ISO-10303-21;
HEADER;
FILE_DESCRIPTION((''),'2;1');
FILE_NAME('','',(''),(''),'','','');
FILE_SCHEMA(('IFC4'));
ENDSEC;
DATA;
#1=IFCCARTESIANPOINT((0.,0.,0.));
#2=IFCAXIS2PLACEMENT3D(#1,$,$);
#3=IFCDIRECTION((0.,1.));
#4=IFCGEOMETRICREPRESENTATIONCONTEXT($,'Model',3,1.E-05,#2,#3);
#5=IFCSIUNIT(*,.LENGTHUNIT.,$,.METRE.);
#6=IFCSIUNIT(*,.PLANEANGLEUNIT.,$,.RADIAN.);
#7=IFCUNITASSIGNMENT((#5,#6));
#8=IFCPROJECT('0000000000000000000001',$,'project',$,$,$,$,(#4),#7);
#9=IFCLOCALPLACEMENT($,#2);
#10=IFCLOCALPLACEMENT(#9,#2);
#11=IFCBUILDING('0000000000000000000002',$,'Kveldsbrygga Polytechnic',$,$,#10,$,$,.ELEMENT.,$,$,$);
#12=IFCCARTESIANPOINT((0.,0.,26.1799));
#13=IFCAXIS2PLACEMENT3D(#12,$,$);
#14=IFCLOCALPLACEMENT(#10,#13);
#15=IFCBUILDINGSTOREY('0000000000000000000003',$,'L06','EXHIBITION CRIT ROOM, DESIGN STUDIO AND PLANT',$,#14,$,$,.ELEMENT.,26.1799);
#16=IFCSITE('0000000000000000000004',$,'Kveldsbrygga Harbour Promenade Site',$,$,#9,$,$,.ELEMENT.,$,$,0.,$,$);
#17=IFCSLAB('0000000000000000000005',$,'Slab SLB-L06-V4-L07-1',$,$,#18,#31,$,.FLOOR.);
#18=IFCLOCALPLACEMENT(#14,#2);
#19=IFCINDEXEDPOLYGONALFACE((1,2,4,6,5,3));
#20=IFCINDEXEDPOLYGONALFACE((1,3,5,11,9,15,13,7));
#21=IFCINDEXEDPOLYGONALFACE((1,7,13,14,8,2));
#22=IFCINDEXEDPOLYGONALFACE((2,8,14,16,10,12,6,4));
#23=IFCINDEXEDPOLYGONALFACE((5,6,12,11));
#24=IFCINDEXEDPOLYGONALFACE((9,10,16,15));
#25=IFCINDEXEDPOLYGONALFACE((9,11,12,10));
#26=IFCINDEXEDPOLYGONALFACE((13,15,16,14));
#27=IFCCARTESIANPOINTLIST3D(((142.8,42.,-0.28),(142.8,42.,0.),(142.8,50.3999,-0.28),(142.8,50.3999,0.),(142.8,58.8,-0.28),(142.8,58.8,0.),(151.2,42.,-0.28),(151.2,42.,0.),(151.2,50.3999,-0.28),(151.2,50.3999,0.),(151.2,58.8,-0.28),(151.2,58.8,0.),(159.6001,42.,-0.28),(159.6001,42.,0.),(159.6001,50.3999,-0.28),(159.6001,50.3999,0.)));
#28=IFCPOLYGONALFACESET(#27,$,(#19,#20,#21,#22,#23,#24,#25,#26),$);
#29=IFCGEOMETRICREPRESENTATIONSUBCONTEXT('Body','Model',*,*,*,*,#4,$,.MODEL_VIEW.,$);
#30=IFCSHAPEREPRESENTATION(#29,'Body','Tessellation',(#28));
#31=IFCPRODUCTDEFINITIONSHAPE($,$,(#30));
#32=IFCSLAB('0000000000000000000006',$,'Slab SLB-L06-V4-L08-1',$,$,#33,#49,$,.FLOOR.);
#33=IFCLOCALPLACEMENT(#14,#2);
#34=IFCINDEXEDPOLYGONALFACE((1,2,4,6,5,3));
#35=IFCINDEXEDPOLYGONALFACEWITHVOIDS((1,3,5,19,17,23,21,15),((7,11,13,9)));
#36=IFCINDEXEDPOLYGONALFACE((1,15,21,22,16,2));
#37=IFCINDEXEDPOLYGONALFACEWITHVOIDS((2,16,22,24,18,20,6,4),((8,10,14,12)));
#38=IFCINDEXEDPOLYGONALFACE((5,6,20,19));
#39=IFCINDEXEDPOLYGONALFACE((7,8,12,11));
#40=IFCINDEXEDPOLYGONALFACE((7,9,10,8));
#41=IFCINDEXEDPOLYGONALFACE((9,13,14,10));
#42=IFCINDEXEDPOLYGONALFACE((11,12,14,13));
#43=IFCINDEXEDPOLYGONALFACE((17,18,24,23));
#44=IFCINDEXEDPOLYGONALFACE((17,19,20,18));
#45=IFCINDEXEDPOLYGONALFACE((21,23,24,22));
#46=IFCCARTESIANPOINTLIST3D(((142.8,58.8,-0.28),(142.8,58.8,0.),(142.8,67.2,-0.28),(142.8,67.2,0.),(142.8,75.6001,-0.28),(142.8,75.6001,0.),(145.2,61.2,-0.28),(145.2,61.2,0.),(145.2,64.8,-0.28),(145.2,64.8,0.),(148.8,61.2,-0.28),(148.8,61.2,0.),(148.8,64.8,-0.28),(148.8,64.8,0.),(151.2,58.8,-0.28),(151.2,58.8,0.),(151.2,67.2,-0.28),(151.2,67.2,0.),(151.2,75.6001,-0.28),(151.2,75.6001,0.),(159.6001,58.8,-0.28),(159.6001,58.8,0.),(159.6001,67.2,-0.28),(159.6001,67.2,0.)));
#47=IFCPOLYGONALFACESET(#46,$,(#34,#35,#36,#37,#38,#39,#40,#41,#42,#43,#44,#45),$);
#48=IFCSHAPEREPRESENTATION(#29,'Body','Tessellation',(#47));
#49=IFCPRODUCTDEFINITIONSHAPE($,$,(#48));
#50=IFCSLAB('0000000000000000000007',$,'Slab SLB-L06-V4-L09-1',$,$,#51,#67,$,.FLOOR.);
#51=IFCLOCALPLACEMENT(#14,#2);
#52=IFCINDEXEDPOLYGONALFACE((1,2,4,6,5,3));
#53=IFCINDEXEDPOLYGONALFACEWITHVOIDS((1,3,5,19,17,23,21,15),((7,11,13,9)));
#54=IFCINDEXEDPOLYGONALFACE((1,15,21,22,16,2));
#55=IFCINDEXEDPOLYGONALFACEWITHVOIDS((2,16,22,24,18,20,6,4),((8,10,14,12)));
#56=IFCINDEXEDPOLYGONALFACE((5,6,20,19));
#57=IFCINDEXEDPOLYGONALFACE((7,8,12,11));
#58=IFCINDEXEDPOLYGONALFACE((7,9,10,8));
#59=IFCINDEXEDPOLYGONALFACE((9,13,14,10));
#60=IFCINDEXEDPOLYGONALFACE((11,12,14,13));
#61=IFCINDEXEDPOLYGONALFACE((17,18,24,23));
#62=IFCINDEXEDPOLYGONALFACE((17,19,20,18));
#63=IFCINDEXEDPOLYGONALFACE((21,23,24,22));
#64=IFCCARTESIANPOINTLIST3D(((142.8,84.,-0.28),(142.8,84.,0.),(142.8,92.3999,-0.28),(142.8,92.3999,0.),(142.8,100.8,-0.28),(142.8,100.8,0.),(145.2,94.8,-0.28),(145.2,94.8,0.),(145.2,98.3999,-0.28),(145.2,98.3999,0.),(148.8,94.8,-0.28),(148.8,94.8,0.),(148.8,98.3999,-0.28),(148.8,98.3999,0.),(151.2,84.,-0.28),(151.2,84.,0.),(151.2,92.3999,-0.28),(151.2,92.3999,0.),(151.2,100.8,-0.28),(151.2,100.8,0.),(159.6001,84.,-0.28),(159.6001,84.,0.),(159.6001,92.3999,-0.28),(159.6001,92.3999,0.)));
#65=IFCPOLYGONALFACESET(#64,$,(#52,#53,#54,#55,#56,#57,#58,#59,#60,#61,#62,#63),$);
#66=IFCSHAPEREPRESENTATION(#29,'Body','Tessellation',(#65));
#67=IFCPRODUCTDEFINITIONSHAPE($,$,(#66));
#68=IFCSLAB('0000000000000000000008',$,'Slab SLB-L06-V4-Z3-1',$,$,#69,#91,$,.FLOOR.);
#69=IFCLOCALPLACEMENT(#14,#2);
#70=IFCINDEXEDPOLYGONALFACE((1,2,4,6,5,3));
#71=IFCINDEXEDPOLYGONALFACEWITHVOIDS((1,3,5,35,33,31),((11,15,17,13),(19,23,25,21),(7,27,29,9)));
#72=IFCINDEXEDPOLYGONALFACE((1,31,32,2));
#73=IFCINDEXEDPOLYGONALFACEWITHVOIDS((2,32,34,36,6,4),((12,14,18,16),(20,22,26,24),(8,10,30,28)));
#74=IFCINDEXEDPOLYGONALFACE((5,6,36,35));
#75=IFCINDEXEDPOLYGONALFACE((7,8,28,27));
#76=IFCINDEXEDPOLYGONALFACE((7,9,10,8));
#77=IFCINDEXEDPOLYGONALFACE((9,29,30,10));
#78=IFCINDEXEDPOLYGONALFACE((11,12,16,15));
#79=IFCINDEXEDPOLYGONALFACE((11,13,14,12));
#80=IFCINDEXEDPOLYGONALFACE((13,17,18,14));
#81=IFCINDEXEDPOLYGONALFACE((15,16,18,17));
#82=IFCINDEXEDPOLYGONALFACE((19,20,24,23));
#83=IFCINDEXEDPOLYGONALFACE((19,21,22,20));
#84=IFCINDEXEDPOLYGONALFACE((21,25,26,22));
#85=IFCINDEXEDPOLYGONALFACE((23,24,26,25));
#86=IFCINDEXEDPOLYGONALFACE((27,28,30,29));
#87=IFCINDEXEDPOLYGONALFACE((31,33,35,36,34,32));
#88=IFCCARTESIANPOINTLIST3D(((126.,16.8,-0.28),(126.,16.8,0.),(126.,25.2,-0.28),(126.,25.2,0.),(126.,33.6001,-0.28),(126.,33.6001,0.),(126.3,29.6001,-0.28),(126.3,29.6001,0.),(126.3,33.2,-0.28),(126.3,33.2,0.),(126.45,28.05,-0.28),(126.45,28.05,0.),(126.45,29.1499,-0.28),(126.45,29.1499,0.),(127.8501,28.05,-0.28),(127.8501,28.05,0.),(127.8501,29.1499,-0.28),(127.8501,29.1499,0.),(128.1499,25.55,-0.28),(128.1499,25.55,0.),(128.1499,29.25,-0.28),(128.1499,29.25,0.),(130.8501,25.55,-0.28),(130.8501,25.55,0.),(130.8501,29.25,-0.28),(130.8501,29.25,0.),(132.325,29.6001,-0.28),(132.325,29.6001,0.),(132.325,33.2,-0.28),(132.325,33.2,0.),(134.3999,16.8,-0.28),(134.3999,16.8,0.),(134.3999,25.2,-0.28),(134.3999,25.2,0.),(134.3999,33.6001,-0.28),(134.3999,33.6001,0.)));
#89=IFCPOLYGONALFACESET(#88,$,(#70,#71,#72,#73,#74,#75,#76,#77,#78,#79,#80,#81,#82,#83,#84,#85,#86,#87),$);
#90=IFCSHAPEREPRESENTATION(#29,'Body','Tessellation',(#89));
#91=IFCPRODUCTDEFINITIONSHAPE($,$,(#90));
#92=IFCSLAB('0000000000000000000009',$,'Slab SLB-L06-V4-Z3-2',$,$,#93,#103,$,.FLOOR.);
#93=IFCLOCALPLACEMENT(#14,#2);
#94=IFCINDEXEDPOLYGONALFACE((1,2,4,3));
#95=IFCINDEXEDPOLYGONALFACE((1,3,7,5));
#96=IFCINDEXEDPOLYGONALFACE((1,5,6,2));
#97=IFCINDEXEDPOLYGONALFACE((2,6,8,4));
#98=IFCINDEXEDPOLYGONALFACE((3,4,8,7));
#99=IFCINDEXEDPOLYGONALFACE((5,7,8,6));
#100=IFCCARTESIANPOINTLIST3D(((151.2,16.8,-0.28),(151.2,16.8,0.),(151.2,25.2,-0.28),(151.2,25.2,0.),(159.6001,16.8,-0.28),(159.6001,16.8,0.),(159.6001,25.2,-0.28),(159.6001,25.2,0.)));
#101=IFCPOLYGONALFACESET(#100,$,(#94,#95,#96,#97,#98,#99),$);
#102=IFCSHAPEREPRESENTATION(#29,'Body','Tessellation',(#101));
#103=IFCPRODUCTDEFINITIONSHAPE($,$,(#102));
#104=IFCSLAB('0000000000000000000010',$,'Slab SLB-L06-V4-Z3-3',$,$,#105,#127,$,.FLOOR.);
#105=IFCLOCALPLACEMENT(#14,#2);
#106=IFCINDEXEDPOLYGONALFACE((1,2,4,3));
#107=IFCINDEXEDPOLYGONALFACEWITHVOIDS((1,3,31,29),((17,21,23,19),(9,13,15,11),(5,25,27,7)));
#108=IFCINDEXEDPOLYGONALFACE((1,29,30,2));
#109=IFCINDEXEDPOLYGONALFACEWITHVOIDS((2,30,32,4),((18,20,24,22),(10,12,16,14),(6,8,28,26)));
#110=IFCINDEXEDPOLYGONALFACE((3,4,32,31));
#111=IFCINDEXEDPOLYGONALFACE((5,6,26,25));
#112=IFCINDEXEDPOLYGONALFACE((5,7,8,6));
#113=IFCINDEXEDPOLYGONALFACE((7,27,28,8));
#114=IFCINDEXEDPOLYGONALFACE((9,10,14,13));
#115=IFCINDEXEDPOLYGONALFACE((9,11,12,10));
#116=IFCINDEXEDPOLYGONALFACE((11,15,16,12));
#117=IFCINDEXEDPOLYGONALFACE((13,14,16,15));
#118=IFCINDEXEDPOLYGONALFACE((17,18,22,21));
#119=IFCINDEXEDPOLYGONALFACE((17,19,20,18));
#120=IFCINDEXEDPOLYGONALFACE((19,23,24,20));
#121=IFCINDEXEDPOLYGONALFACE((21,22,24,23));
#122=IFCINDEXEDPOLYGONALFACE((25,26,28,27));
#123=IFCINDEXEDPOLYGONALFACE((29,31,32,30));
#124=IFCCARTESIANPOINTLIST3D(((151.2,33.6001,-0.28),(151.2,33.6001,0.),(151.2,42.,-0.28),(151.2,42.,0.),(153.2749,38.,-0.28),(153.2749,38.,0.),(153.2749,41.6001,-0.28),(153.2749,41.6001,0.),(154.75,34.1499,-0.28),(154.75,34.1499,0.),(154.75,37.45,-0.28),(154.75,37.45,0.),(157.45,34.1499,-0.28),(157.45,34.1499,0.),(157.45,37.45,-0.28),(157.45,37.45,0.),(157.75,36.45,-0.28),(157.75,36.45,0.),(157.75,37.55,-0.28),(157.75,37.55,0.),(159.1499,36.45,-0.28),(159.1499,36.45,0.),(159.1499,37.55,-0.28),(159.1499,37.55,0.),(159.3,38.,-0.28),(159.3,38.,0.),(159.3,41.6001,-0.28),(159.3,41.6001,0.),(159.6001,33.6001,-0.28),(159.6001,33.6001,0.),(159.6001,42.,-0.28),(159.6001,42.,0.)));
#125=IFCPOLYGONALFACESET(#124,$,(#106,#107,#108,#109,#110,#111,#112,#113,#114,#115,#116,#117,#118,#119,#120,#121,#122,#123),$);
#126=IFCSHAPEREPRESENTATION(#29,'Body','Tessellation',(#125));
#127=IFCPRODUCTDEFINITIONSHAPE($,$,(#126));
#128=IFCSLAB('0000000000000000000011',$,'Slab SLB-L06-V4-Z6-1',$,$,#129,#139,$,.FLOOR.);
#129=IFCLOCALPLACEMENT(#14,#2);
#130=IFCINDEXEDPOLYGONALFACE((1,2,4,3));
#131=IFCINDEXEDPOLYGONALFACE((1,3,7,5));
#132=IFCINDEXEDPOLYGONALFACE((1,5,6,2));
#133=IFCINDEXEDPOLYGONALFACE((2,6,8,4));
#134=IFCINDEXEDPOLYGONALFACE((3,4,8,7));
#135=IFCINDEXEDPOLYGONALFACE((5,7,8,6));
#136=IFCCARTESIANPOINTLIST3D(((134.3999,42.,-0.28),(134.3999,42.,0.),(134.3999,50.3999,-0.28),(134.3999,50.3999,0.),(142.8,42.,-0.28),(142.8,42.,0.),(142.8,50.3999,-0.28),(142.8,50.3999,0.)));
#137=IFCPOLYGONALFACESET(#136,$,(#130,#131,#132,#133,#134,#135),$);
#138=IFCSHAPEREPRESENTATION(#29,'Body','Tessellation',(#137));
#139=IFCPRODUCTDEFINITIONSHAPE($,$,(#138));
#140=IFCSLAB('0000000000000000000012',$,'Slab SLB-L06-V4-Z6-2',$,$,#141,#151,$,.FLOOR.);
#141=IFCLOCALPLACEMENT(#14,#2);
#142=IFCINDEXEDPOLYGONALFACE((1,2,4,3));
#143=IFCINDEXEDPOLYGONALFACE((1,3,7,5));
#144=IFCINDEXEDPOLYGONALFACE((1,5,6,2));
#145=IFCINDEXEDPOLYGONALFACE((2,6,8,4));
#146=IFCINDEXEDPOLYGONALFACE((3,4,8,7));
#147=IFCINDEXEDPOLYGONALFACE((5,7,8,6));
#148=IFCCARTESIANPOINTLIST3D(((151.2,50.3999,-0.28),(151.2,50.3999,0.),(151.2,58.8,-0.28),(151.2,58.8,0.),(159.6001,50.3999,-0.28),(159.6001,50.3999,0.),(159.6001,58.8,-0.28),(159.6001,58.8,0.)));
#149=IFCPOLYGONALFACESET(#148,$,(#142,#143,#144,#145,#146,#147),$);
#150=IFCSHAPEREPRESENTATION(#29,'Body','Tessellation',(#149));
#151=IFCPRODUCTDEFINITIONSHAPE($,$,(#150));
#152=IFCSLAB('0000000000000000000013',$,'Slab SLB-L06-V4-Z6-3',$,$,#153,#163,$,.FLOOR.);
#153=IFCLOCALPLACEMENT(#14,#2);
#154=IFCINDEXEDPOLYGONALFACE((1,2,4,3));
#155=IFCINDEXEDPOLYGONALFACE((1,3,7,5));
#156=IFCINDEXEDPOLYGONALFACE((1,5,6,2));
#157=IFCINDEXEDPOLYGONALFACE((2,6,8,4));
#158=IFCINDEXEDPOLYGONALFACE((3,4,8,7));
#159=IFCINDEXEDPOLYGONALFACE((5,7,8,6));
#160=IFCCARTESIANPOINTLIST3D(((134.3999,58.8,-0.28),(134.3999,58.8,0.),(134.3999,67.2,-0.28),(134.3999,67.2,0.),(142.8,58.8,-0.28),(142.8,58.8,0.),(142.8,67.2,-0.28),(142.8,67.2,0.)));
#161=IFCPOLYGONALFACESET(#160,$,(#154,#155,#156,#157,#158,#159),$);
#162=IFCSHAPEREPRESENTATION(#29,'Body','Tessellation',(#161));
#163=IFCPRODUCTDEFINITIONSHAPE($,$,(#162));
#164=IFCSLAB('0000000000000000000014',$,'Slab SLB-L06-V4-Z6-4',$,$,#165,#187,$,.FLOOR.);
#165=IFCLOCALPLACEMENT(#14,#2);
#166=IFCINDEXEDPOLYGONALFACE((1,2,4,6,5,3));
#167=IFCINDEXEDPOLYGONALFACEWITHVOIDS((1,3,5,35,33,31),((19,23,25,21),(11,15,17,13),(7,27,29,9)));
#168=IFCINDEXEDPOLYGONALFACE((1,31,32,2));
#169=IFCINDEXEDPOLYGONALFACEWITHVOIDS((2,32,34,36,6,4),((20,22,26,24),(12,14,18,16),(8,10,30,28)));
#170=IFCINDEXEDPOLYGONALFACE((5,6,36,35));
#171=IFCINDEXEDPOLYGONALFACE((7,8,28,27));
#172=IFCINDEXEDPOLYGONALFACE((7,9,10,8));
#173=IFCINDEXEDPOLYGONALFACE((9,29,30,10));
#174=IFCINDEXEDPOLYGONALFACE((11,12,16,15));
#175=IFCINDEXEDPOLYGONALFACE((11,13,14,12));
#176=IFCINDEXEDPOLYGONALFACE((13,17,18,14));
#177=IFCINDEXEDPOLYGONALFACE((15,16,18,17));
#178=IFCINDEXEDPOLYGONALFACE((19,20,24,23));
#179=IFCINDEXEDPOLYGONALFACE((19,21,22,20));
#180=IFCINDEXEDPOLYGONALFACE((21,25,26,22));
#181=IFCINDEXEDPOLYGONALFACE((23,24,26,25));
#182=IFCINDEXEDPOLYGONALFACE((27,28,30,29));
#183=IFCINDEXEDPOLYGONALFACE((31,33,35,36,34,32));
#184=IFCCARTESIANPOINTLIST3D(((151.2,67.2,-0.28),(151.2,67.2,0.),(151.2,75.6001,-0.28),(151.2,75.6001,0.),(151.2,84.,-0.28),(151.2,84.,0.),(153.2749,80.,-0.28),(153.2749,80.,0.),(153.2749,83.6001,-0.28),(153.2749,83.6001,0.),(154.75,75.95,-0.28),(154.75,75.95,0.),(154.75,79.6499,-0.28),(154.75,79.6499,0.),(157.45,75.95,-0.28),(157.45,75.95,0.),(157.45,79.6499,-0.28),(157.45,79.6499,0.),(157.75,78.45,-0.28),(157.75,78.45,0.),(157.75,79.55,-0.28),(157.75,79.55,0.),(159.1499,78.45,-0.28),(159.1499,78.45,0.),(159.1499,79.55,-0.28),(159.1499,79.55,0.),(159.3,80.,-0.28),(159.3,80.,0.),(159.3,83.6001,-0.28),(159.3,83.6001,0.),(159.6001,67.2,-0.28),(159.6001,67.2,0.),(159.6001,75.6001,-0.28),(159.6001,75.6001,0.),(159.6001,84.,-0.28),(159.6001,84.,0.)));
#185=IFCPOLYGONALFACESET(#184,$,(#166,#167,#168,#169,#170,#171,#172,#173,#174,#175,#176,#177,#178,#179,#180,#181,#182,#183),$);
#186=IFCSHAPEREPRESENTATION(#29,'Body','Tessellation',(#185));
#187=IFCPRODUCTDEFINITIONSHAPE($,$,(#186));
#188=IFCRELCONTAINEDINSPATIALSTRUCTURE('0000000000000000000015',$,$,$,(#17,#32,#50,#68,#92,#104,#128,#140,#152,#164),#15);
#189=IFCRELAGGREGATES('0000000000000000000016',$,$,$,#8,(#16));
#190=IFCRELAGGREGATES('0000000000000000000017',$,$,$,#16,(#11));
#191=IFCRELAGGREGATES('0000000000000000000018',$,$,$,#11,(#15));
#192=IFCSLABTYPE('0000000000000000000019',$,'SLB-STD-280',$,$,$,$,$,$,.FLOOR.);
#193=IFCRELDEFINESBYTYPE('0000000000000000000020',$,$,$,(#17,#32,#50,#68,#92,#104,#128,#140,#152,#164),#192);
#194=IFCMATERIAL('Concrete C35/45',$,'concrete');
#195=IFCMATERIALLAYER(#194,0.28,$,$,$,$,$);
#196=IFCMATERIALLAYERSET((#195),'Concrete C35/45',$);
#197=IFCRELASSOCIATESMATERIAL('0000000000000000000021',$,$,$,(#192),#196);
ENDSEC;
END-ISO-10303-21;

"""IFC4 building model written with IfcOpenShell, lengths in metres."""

from ifc_helpers import new_model, si_unit, direction, frame, origin, place, context, subcontext, project, spatial, polyline, outline, extrude, material, layer, layer_set, type_object, element, save


model = new_model("IFC4")

# Units and contexts
model_context = context("Model", 3, precision=1e-05, world=origin(), true_north=direction((0.0, 1.0)))
body_context = subcontext(model_context, "Body", "Model", "MODEL_VIEW")
ifc_project = project(units=[si_unit("LENGTHUNIT", "METRE"), si_unit("PLANEANGLEUNIT", "RADIAN")], contexts=[model_context])

# Site, building, storey
site_placement = place(None, origin())
site = spatial("IfcSite", under=ifc_project, at=site_placement, Name="Kveldsbrygga Harbour Promenade Site", CompositionType="ELEMENT", RefElevation=0.0)
building_placement = place(site_placement, origin())
building = spatial("IfcBuilding", under=site, at=building_placement, Name="Kveldsbrygga Polytechnic", CompositionType="ELEMENT")
storey_placement = place(building_placement, frame((0.0, 0.0, 26.1799)))
storey = spatial("IfcBuildingStorey", under=building, at=storey_placement, Name="L06", Description="EXHIBITION CRIT ROOM, DESIGN STUDIO AND PLANT", CompositionType="ELEMENT", Elevation=26.1799)

# Slabs
ifc_material = material(Name="Concrete C35/45", Category="concrete")
ifc_layer_1 = layer(ifc_material, 0.28)
ifc_layer_set_1 = layer_set([ifc_layer_1], Name="Concrete C35/45")
slab_type_1 = type_object("IfcSlabType", Name="SLB-STD-280", PredefinedType="FLOOR", material=ifc_layer_set_1)
slab_1_placement = place(storey_placement, frame((0.0, 0.0, -0.28)))
element("IfcSlab", 1, at=slab_1_placement, inside=storey, type_object=slab_type_1, Name="Slab SLB-L06-V4-L07-1", PredefinedType="FLOOR", context=body_context, shape_type="SweptSolid", body=[
    extrude(outline(polyline([(142.8, 42.0), (142.8, 50.3999), (142.8, 58.8), (151.2, 58.8), (151.2, 50.3999), (159.6001, 50.3999), (159.6001, 42.0), (151.2, 42.0), (142.8, 42.0)])), origin(), (0.0, 0.0, 1.0), 0.28),
])
slab_2_placement = place(storey_placement, frame((0.0, 0.0, -0.28)))
element("IfcSlab", 2, at=slab_2_placement, inside=storey, type_object=slab_type_1, Name="Slab SLB-L06-V4-L08-1", PredefinedType="FLOOR", context=body_context, shape_type="SweptSolid", body=[
    extrude(outline(polyline([(142.8, 58.8), (142.8, 67.2), (142.8, 75.6001), (151.2, 75.6001), (151.2, 67.2), (159.6001, 67.2), (159.6001, 58.8), (151.2, 58.8), (142.8, 58.8)]), holes=[polyline([(145.2, 61.2), (148.8, 61.2), (148.8, 64.8), (145.2, 64.8), (145.2, 61.2)])]), origin(), (0.0, 0.0, 1.0), 0.28),
])
slab_3_placement = place(storey_placement, frame((0.0, 0.0, -0.28)))
element("IfcSlab", 3, at=slab_3_placement, inside=storey, type_object=slab_type_1, Name="Slab SLB-L06-V4-L09-1", PredefinedType="FLOOR", context=body_context, shape_type="SweptSolid", body=[
    extrude(outline(polyline([(142.8, 84.0), (142.8, 92.3999), (142.8, 100.8), (151.2, 100.8), (151.2, 92.3999), (159.6001, 92.3999), (159.6001, 84.0), (151.2, 84.0), (142.8, 84.0)]), holes=[polyline([(145.2, 94.8), (148.8, 94.8), (148.8, 98.3999), (145.2, 98.3999), (145.2, 94.8)])]), origin(), (0.0, 0.0, 1.0), 0.28),
])
slab_4_placement = place(storey_placement, frame((0.0, 0.0, -0.28)))
element("IfcSlab", 4, at=slab_4_placement, inside=storey, type_object=slab_type_1, Name="Slab SLB-L06-V4-Z3-1", PredefinedType="FLOOR", context=body_context, shape_type="SweptSolid", body=[
    extrude(outline(polyline([(126.0, 25.2), (126.0, 33.6001), (134.3999, 33.6001), (134.3999, 25.2), (134.3999, 16.8), (126.0, 16.8), (126.0, 25.2)]), holes=[polyline([(132.325, 33.2), (126.3, 33.2), (126.3, 29.6001), (132.325, 29.6001), (132.325, 33.2)]), polyline([(128.1499, 25.55), (130.8501, 25.55), (130.8501, 29.25), (128.1499, 29.25), (128.1499, 25.55)]), polyline([(126.45, 28.05), (127.8501, 28.05), (127.8501, 29.1499), (126.45, 29.1499), (126.45, 28.05)])]), origin(), (0.0, 0.0, 1.0), 0.28),
])
slab_5_placement = place(storey_placement, frame((0.0, 0.0, -0.28)))
element("IfcSlab", 5, at=slab_5_placement, inside=storey, type_object=slab_type_1, Name="Slab SLB-L06-V4-Z3-2", PredefinedType="FLOOR", context=body_context, shape_type="SweptSolid", body=[
    extrude(outline(polyline([(151.2, 25.2), (159.6001, 25.2), (159.6001, 16.8), (151.2, 16.8), (151.2, 25.2)])), origin(), (0.0, 0.0, 1.0), 0.28),
])
slab_6_placement = place(storey_placement, frame((0.0, 0.0, -0.28)))
element("IfcSlab", 6, at=slab_6_placement, inside=storey, type_object=slab_type_1, Name="Slab SLB-L06-V4-Z3-3", PredefinedType="FLOOR", context=body_context, shape_type="SweptSolid", body=[
    extrude(outline(polyline([(151.2, 42.0), (159.6001, 42.0), (159.6001, 33.6001), (151.2, 33.6001), (151.2, 42.0)]), holes=[polyline([(153.2749, 38.0), (159.3, 38.0), (159.3, 41.6001), (153.2749, 41.6001), (153.2749, 38.0)]), polyline([(154.75, 34.1499), (157.45, 34.1499), (157.45, 37.45), (154.75, 37.45), (154.75, 34.1499)]), polyline([(157.75, 36.45), (159.1499, 36.45), (159.1499, 37.55), (157.75, 37.55), (157.75, 36.45)])]), origin(), (0.0, 0.0, 1.0), 0.28),
])
slab_7_placement = place(storey_placement, frame((0.0, 0.0, -0.28)))
element("IfcSlab", 7, at=slab_7_placement, inside=storey, type_object=slab_type_1, Name="Slab SLB-L06-V4-Z6-1", PredefinedType="FLOOR", context=body_context, shape_type="SweptSolid", body=[
    extrude(outline(polyline([(134.3999, 50.3999), (142.8, 50.3999), (142.8, 42.0), (134.3999, 42.0), (134.3999, 50.3999)])), origin(), (0.0, 0.0, 1.0), 0.28),
])
slab_8_placement = place(storey_placement, frame((0.0, 0.0, -0.28)))
element("IfcSlab", 8, at=slab_8_placement, inside=storey, type_object=slab_type_1, Name="Slab SLB-L06-V4-Z6-2", PredefinedType="FLOOR", context=body_context, shape_type="SweptSolid", body=[
    extrude(outline(polyline([(151.2, 58.8), (159.6001, 58.8), (159.6001, 50.3999), (151.2, 50.3999), (151.2, 58.8)])), origin(), (0.0, 0.0, 1.0), 0.28),
])
slab_9_placement = place(storey_placement, frame((0.0, 0.0, -0.28)))
element("IfcSlab", 9, at=slab_9_placement, inside=storey, type_object=slab_type_1, Name="Slab SLB-L06-V4-Z6-3", PredefinedType="FLOOR", context=body_context, shape_type="SweptSolid", body=[
    extrude(outline(polyline([(134.3999, 67.2), (142.8, 67.2), (142.8, 58.8), (134.3999, 58.8), (134.3999, 67.2)])), origin(), (0.0, 0.0, 1.0), 0.28),
])
slab_10_placement = place(storey_placement, frame((0.0, 0.0, -0.28)))
element("IfcSlab", 10, at=slab_10_placement, inside=storey, type_object=slab_type_1, Name="Slab SLB-L06-V4-Z6-4", PredefinedType="FLOOR", context=body_context, shape_type="SweptSolid", body=[
    extrude(outline(polyline([(151.2, 75.6001), (151.2, 84.0), (159.6001, 84.0), (159.6001, 75.6001), (159.6001, 67.2), (151.2, 67.2), (151.2, 75.6001)]), holes=[polyline([(153.2749, 80.0), (159.3, 80.0), (159.3, 83.6001), (153.2749, 83.6001), (153.2749, 80.0)]), polyline([(154.75, 75.95), (157.45, 75.95), (157.45, 79.6499), (154.75, 79.6499), (154.75, 75.95)]), polyline([(157.75, 78.45), (159.1499, 78.45), (159.1499, 79.55), (157.75, 79.55), (157.75, 78.45)])]), origin(), (0.0, 0.0, 1.0), 0.28),
])

save(model, "model.ifc")
